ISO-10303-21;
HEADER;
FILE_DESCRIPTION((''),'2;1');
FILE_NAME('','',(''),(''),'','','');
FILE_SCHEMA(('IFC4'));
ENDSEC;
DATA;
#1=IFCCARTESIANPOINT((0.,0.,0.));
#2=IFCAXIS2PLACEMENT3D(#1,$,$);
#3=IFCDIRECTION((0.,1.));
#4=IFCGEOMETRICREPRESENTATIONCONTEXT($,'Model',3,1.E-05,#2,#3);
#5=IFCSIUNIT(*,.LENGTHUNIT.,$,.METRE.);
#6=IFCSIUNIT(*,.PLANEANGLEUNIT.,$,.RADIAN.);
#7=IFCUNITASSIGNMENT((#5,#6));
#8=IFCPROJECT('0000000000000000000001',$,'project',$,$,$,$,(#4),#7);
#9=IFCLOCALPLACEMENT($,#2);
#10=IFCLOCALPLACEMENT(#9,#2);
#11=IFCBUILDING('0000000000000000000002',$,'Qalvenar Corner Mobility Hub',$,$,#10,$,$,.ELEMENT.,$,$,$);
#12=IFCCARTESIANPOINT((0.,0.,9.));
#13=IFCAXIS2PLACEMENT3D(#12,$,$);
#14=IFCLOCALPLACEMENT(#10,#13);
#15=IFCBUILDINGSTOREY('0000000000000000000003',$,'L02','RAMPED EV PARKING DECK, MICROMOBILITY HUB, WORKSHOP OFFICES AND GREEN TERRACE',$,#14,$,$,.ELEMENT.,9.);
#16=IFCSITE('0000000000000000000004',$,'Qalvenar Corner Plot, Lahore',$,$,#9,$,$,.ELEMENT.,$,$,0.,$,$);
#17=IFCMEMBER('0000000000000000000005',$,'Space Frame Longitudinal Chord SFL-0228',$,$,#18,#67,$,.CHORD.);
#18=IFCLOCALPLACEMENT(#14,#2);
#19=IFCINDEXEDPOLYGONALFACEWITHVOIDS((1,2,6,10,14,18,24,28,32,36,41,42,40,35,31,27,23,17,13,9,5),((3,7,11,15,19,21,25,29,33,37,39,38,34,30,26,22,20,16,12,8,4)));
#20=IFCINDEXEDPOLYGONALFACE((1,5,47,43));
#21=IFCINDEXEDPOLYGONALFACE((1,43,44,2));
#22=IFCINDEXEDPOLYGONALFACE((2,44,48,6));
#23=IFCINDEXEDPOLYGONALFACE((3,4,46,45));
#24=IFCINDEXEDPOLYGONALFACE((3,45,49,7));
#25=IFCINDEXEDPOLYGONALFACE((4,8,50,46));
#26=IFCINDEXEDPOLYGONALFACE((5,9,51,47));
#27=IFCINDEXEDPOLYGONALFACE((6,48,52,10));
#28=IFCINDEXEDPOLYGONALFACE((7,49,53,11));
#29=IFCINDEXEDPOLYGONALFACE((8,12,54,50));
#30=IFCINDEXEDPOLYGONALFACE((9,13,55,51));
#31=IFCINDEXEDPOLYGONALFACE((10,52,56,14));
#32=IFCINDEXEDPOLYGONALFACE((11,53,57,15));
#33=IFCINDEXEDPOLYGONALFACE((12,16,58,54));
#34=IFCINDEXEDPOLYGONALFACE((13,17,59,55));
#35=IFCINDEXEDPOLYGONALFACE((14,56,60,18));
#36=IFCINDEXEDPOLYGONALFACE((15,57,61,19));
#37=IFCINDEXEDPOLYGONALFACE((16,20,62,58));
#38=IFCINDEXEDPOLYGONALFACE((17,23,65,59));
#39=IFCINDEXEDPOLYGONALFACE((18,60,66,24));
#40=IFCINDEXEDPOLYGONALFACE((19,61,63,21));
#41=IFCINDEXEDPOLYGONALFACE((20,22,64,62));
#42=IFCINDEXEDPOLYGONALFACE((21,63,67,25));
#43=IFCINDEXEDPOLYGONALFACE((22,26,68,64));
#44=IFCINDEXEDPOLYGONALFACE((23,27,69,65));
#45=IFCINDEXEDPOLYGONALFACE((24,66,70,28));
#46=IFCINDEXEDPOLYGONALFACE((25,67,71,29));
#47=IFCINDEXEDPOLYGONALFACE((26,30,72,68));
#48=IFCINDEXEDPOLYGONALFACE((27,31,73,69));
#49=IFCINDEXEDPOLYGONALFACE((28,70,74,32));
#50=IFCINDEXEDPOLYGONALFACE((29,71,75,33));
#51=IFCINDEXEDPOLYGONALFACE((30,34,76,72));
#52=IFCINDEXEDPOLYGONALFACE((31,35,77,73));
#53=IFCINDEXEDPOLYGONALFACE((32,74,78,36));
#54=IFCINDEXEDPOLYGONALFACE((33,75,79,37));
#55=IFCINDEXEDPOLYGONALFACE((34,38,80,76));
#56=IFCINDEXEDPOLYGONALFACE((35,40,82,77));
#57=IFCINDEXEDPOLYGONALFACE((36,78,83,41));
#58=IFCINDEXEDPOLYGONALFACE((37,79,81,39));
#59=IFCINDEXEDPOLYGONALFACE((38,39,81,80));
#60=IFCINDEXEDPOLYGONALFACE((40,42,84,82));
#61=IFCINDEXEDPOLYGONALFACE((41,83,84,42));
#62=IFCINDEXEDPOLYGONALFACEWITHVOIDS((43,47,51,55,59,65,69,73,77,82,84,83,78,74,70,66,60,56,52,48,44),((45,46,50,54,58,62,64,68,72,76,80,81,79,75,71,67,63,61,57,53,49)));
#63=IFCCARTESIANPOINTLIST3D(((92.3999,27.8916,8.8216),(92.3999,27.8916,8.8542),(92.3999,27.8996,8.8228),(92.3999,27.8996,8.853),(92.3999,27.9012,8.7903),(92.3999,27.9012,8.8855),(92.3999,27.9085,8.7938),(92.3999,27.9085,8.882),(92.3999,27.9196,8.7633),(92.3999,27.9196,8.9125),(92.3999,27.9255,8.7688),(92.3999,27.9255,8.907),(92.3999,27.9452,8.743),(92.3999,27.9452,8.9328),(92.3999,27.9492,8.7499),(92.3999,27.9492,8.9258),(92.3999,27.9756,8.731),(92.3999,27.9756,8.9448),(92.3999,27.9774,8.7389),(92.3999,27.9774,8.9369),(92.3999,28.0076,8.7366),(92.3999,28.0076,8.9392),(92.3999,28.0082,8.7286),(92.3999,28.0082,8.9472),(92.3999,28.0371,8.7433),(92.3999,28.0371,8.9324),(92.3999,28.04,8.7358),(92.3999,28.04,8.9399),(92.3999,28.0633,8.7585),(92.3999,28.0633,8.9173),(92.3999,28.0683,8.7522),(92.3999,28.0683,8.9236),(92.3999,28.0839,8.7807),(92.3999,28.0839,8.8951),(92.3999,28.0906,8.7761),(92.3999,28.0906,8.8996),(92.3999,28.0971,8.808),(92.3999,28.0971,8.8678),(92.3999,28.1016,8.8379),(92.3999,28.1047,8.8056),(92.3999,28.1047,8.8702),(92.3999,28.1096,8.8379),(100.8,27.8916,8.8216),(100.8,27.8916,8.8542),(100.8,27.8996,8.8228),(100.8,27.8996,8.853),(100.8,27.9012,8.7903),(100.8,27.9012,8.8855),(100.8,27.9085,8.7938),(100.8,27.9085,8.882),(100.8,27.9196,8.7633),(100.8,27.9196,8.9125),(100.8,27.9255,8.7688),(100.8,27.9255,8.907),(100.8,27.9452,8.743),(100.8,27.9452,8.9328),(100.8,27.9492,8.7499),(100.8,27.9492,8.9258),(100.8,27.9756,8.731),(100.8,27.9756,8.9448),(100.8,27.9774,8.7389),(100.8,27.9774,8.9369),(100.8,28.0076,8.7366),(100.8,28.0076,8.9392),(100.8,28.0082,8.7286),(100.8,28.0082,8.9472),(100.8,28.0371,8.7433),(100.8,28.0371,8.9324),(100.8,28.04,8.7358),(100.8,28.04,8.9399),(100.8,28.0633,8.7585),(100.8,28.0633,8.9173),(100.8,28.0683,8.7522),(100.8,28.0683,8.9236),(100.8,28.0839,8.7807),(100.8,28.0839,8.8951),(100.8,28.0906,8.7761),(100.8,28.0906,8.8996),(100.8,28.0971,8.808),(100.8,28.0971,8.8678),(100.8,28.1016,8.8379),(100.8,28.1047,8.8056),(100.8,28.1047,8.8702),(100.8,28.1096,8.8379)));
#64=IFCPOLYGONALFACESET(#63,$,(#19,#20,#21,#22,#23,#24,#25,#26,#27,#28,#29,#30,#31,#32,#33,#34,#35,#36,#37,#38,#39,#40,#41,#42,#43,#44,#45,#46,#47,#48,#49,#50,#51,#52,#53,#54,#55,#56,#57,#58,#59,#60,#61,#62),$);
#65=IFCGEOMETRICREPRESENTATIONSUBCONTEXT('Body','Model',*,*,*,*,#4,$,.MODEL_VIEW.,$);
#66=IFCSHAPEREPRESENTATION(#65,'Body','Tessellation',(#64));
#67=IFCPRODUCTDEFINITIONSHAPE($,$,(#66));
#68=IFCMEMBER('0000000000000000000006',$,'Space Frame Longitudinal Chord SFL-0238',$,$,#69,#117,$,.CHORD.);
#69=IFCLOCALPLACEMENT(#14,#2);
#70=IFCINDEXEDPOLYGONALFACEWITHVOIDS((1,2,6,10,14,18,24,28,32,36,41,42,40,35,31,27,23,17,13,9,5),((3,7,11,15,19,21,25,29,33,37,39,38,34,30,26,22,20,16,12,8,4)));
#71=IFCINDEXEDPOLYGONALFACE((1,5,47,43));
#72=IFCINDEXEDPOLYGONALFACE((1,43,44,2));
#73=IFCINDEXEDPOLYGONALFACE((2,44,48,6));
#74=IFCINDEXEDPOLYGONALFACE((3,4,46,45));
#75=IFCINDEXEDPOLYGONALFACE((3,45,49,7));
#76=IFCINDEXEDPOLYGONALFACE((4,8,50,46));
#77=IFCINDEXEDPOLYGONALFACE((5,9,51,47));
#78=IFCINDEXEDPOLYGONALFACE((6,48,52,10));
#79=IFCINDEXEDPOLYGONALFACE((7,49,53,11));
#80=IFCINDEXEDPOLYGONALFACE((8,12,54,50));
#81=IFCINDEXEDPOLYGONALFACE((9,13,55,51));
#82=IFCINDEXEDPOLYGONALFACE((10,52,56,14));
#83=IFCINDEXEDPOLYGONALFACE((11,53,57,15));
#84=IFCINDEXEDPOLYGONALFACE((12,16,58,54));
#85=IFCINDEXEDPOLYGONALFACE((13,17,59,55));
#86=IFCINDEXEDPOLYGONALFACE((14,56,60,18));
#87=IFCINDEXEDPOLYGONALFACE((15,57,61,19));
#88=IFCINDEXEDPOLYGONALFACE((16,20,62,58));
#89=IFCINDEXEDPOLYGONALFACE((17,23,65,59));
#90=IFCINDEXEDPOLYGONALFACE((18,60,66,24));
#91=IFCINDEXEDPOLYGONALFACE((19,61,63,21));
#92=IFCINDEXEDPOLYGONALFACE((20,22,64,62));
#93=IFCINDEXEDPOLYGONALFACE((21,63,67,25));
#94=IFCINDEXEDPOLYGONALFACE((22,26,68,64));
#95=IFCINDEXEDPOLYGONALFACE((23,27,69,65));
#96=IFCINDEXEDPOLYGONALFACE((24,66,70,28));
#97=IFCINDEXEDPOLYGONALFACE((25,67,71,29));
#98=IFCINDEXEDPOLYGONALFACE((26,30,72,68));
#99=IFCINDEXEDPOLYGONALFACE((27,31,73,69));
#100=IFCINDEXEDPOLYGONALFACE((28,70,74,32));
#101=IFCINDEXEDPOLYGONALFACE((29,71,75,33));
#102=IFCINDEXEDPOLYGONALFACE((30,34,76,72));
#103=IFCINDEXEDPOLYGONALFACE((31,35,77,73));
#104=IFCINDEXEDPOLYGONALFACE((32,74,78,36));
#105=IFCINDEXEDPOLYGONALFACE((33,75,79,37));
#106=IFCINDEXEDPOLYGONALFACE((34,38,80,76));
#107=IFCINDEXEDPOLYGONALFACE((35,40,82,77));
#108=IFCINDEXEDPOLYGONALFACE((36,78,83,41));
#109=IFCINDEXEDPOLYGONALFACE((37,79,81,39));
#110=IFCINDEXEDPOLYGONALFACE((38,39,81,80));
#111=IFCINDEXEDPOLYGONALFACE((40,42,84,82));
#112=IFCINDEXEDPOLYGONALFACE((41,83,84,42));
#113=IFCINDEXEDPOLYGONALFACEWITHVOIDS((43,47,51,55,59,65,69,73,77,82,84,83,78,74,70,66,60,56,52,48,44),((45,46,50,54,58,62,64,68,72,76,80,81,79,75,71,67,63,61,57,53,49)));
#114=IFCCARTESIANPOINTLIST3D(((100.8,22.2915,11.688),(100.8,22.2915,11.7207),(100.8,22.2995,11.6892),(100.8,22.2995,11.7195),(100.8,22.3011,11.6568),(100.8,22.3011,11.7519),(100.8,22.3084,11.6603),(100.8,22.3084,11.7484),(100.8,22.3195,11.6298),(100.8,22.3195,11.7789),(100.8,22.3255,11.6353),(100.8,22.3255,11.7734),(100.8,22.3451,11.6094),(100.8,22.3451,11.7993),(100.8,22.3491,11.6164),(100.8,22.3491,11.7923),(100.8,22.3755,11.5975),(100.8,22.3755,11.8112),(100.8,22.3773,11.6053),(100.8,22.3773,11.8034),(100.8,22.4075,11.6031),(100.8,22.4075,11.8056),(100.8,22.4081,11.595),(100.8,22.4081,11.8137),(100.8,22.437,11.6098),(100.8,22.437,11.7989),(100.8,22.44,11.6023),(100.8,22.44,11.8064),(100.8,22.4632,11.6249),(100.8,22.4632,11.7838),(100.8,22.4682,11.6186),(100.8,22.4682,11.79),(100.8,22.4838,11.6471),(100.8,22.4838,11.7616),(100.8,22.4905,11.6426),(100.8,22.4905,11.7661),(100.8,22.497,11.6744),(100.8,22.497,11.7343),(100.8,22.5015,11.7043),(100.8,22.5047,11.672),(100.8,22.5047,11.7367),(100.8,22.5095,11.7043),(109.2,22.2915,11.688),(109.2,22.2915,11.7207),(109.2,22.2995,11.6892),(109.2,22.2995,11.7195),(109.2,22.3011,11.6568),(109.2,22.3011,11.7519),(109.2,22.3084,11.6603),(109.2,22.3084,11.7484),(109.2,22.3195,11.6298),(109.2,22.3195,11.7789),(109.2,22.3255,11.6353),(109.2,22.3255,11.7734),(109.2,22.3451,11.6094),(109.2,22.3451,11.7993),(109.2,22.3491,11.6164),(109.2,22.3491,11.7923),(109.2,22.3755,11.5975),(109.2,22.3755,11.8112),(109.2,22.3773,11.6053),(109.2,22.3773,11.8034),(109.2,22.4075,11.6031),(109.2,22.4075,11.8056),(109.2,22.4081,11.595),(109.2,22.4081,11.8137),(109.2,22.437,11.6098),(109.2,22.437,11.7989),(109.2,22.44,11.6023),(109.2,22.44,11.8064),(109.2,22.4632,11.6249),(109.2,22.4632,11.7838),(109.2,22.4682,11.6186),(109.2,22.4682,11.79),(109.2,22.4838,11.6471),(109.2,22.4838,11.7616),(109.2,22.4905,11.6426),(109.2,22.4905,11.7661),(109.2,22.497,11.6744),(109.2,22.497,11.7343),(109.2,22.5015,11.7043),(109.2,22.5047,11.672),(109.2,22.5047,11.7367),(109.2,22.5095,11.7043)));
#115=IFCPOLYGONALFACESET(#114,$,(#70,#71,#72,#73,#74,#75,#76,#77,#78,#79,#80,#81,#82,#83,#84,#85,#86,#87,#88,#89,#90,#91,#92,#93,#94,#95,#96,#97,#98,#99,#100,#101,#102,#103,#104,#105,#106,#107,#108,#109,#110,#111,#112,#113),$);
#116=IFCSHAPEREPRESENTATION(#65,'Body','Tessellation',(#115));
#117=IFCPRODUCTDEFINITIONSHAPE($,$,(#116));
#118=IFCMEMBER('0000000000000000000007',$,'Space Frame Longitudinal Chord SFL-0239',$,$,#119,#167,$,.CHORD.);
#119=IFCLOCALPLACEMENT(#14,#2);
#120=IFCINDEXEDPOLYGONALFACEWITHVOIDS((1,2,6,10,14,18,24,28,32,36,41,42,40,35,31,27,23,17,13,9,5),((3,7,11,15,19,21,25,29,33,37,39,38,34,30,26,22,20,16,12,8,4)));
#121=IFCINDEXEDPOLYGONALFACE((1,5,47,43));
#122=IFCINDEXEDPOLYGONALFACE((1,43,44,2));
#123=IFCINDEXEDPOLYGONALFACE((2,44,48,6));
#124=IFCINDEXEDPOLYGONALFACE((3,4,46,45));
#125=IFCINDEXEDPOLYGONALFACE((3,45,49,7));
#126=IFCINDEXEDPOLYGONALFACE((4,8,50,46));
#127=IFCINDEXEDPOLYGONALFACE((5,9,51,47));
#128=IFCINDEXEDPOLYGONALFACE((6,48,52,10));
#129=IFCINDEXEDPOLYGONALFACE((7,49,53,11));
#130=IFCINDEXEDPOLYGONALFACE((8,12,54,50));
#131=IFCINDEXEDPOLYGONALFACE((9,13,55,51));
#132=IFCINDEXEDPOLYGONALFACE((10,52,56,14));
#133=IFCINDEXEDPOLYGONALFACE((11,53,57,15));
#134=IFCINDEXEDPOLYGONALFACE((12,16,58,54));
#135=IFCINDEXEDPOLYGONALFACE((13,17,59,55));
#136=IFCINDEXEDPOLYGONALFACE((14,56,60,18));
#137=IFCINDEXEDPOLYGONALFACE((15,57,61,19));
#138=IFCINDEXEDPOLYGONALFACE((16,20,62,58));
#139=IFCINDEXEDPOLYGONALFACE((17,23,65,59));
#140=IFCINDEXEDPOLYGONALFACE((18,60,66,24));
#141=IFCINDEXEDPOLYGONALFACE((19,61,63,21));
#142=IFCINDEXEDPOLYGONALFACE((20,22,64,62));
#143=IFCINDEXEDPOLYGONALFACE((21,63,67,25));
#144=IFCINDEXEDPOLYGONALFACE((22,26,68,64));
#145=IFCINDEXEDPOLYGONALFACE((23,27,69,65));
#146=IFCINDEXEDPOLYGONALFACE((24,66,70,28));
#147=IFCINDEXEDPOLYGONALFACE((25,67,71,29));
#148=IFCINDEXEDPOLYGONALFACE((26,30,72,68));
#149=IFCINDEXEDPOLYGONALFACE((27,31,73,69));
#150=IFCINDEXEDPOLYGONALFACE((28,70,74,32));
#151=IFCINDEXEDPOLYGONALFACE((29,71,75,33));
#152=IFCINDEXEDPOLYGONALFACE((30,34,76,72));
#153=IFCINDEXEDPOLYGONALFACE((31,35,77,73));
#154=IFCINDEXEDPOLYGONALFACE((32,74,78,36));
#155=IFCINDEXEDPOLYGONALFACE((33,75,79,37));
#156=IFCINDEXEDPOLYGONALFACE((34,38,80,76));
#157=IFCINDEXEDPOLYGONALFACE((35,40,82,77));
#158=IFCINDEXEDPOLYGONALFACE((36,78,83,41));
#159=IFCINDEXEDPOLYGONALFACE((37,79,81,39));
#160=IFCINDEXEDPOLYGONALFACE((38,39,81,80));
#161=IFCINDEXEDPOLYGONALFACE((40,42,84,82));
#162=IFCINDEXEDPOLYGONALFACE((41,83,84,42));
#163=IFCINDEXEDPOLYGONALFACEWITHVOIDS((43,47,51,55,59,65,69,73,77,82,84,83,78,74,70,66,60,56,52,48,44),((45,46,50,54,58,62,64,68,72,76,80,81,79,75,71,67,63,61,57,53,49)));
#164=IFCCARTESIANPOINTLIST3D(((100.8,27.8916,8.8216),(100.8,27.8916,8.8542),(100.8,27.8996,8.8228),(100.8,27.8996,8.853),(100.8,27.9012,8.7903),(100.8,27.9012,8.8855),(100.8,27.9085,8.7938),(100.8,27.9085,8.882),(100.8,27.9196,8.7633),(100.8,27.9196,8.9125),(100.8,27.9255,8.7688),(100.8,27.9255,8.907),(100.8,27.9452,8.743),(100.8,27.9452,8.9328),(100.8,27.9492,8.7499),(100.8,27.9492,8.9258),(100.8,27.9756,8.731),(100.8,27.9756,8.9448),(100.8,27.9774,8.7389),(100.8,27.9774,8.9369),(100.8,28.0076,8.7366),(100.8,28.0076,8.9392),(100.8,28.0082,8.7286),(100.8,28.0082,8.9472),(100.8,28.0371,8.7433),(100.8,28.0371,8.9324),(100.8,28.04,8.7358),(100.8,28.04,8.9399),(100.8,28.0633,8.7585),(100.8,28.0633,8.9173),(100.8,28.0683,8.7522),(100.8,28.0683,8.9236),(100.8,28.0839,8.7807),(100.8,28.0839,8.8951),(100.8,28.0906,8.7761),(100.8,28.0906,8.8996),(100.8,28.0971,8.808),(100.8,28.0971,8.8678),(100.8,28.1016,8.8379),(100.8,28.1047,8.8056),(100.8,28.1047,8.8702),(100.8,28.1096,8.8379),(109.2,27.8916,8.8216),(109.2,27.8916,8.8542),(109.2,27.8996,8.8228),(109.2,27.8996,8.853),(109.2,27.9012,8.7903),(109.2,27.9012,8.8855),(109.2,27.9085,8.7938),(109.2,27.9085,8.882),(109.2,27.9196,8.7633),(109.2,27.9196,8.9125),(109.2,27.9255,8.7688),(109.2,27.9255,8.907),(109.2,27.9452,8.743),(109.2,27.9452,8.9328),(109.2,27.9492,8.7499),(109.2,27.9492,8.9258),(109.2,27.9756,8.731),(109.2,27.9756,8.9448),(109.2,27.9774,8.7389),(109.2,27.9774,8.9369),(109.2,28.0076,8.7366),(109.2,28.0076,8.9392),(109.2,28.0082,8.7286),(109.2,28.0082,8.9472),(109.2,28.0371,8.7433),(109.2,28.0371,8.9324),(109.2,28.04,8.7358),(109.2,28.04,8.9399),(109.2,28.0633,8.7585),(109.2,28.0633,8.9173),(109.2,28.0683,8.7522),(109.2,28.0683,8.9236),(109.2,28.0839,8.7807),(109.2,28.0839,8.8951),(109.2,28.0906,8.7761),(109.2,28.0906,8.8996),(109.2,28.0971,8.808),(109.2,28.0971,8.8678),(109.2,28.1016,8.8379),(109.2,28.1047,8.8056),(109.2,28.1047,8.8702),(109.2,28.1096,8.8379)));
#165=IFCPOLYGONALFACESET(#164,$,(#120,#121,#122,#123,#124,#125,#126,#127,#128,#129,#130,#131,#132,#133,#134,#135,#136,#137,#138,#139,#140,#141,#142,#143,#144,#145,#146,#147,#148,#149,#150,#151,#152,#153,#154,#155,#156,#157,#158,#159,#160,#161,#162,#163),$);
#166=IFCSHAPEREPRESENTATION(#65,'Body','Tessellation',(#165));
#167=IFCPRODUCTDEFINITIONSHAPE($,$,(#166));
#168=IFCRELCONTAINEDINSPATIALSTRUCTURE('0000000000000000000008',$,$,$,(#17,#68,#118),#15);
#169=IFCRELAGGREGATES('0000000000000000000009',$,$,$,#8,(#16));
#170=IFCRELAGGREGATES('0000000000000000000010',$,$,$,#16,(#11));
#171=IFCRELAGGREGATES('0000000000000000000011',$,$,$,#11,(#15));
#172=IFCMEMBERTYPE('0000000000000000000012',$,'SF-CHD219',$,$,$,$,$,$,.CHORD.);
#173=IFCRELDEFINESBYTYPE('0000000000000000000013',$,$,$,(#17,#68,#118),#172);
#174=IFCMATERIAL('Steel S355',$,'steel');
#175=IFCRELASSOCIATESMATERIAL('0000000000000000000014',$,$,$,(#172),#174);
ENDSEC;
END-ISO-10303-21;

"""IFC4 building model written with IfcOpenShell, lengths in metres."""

from ifc_helpers import new_model, si_unit, direction, frame, origin, origin_2d, place, context, subcontext, project, spatial, hollow_circle, extrude, material, material_profile, profile_set, type_object, element, save


model = new_model("IFC4")

# Units and contexts
model_context = context("Model", 3, precision=1e-05, world=origin(), true_north=direction((0.0, 1.0)))
body_context = subcontext(model_context, "Body", "Model", "MODEL_VIEW")
ifc_project = project(units=[si_unit("LENGTHUNIT", "METRE"), si_unit("PLANEANGLEUNIT", "RADIAN")], contexts=[model_context])

# Site, building, storey
site_placement = place(None, origin())
site = spatial("IfcSite", under=ifc_project, at=site_placement, Name="Qalvenar Corner Plot, Lahore", CompositionType="ELEMENT", RefElevation=0.0)
building_placement = place(site_placement, origin())
building = spatial("IfcBuilding", under=site, at=building_placement, Name="Qalvenar Corner Mobility Hub", CompositionType="ELEMENT")
storey_placement = place(building_placement, frame((0.0, 0.0, 9.0)))
storey = spatial("IfcBuildingStorey", under=building, at=storey_placement, Name="L02", Description="RAMPED EV PARKING DECK, MICROMOBILITY HUB, WORKSHOP OFFICES AND GREEN TERRACE", CompositionType="ELEMENT", Elevation=9.0)

# Members
ifc_material_1 = material(Name="Steel S355", Category="steel")
ifc_material_profile_1 = material_profile(ifc_material_1, hollow_circle(Radius=0.1096, WallThickness=0.0081, at=origin_2d()), Name="CHS219.1x8")
ifc_profile_set_1 = profile_set([ifc_material_profile_1], Name="Steel S355")
member_type_1 = type_object("IfcMemberType", Name="SF-CHD219", PredefinedType="CHORD", material=ifc_profile_set_1)
member_1_placement = place(storey_placement, frame((92.3999, 28.0, 8.8379), z_axis=(1.0, 0.0, 0.0), x_axis=(0.0, 1.0, 0.0)))
element("IfcMember", 1, at=member_1_placement, inside=storey, type_object=member_type_1, Name="Space Frame Longitudinal Chord SFL-0228", PredefinedType="CHORD", context=body_context, shape_type="SweptSolid", body=[
    extrude(hollow_circle(Radius=0.1096, WallThickness=0.0081, at=origin_2d()), origin(), (0.0, 0.0, 1.0), 8.4001),
])
for number, where, z_axis, x_axis, name in (
    (2, (100.8, 22.3999, 11.7043), (1.0, 0.0, 0.0), (0.0, 1.0, 0.0), "Space Frame Longitudinal Chord SFL-0238"),
    (3, (100.8, 28.0, 8.8379), (1.0, 0.0, 0.0), (0.0, 1.0, 0.0), "Space Frame Longitudinal Chord SFL-0239"),
):
    element("IfcMember", number, at=place(storey_placement, frame(where, z_axis=z_axis, x_axis=x_axis)), inside=storey, type_object=member_type_1, Name=name, PredefinedType="CHORD", context=body_context, shape_type="SweptSolid", body=[
        extrude(hollow_circle(Radius=0.1096, WallThickness=0.0081, at=origin_2d()), origin(), (0.0, 0.0, 1.0), 8.3999),
    ])

save(model, "model.ifc")
